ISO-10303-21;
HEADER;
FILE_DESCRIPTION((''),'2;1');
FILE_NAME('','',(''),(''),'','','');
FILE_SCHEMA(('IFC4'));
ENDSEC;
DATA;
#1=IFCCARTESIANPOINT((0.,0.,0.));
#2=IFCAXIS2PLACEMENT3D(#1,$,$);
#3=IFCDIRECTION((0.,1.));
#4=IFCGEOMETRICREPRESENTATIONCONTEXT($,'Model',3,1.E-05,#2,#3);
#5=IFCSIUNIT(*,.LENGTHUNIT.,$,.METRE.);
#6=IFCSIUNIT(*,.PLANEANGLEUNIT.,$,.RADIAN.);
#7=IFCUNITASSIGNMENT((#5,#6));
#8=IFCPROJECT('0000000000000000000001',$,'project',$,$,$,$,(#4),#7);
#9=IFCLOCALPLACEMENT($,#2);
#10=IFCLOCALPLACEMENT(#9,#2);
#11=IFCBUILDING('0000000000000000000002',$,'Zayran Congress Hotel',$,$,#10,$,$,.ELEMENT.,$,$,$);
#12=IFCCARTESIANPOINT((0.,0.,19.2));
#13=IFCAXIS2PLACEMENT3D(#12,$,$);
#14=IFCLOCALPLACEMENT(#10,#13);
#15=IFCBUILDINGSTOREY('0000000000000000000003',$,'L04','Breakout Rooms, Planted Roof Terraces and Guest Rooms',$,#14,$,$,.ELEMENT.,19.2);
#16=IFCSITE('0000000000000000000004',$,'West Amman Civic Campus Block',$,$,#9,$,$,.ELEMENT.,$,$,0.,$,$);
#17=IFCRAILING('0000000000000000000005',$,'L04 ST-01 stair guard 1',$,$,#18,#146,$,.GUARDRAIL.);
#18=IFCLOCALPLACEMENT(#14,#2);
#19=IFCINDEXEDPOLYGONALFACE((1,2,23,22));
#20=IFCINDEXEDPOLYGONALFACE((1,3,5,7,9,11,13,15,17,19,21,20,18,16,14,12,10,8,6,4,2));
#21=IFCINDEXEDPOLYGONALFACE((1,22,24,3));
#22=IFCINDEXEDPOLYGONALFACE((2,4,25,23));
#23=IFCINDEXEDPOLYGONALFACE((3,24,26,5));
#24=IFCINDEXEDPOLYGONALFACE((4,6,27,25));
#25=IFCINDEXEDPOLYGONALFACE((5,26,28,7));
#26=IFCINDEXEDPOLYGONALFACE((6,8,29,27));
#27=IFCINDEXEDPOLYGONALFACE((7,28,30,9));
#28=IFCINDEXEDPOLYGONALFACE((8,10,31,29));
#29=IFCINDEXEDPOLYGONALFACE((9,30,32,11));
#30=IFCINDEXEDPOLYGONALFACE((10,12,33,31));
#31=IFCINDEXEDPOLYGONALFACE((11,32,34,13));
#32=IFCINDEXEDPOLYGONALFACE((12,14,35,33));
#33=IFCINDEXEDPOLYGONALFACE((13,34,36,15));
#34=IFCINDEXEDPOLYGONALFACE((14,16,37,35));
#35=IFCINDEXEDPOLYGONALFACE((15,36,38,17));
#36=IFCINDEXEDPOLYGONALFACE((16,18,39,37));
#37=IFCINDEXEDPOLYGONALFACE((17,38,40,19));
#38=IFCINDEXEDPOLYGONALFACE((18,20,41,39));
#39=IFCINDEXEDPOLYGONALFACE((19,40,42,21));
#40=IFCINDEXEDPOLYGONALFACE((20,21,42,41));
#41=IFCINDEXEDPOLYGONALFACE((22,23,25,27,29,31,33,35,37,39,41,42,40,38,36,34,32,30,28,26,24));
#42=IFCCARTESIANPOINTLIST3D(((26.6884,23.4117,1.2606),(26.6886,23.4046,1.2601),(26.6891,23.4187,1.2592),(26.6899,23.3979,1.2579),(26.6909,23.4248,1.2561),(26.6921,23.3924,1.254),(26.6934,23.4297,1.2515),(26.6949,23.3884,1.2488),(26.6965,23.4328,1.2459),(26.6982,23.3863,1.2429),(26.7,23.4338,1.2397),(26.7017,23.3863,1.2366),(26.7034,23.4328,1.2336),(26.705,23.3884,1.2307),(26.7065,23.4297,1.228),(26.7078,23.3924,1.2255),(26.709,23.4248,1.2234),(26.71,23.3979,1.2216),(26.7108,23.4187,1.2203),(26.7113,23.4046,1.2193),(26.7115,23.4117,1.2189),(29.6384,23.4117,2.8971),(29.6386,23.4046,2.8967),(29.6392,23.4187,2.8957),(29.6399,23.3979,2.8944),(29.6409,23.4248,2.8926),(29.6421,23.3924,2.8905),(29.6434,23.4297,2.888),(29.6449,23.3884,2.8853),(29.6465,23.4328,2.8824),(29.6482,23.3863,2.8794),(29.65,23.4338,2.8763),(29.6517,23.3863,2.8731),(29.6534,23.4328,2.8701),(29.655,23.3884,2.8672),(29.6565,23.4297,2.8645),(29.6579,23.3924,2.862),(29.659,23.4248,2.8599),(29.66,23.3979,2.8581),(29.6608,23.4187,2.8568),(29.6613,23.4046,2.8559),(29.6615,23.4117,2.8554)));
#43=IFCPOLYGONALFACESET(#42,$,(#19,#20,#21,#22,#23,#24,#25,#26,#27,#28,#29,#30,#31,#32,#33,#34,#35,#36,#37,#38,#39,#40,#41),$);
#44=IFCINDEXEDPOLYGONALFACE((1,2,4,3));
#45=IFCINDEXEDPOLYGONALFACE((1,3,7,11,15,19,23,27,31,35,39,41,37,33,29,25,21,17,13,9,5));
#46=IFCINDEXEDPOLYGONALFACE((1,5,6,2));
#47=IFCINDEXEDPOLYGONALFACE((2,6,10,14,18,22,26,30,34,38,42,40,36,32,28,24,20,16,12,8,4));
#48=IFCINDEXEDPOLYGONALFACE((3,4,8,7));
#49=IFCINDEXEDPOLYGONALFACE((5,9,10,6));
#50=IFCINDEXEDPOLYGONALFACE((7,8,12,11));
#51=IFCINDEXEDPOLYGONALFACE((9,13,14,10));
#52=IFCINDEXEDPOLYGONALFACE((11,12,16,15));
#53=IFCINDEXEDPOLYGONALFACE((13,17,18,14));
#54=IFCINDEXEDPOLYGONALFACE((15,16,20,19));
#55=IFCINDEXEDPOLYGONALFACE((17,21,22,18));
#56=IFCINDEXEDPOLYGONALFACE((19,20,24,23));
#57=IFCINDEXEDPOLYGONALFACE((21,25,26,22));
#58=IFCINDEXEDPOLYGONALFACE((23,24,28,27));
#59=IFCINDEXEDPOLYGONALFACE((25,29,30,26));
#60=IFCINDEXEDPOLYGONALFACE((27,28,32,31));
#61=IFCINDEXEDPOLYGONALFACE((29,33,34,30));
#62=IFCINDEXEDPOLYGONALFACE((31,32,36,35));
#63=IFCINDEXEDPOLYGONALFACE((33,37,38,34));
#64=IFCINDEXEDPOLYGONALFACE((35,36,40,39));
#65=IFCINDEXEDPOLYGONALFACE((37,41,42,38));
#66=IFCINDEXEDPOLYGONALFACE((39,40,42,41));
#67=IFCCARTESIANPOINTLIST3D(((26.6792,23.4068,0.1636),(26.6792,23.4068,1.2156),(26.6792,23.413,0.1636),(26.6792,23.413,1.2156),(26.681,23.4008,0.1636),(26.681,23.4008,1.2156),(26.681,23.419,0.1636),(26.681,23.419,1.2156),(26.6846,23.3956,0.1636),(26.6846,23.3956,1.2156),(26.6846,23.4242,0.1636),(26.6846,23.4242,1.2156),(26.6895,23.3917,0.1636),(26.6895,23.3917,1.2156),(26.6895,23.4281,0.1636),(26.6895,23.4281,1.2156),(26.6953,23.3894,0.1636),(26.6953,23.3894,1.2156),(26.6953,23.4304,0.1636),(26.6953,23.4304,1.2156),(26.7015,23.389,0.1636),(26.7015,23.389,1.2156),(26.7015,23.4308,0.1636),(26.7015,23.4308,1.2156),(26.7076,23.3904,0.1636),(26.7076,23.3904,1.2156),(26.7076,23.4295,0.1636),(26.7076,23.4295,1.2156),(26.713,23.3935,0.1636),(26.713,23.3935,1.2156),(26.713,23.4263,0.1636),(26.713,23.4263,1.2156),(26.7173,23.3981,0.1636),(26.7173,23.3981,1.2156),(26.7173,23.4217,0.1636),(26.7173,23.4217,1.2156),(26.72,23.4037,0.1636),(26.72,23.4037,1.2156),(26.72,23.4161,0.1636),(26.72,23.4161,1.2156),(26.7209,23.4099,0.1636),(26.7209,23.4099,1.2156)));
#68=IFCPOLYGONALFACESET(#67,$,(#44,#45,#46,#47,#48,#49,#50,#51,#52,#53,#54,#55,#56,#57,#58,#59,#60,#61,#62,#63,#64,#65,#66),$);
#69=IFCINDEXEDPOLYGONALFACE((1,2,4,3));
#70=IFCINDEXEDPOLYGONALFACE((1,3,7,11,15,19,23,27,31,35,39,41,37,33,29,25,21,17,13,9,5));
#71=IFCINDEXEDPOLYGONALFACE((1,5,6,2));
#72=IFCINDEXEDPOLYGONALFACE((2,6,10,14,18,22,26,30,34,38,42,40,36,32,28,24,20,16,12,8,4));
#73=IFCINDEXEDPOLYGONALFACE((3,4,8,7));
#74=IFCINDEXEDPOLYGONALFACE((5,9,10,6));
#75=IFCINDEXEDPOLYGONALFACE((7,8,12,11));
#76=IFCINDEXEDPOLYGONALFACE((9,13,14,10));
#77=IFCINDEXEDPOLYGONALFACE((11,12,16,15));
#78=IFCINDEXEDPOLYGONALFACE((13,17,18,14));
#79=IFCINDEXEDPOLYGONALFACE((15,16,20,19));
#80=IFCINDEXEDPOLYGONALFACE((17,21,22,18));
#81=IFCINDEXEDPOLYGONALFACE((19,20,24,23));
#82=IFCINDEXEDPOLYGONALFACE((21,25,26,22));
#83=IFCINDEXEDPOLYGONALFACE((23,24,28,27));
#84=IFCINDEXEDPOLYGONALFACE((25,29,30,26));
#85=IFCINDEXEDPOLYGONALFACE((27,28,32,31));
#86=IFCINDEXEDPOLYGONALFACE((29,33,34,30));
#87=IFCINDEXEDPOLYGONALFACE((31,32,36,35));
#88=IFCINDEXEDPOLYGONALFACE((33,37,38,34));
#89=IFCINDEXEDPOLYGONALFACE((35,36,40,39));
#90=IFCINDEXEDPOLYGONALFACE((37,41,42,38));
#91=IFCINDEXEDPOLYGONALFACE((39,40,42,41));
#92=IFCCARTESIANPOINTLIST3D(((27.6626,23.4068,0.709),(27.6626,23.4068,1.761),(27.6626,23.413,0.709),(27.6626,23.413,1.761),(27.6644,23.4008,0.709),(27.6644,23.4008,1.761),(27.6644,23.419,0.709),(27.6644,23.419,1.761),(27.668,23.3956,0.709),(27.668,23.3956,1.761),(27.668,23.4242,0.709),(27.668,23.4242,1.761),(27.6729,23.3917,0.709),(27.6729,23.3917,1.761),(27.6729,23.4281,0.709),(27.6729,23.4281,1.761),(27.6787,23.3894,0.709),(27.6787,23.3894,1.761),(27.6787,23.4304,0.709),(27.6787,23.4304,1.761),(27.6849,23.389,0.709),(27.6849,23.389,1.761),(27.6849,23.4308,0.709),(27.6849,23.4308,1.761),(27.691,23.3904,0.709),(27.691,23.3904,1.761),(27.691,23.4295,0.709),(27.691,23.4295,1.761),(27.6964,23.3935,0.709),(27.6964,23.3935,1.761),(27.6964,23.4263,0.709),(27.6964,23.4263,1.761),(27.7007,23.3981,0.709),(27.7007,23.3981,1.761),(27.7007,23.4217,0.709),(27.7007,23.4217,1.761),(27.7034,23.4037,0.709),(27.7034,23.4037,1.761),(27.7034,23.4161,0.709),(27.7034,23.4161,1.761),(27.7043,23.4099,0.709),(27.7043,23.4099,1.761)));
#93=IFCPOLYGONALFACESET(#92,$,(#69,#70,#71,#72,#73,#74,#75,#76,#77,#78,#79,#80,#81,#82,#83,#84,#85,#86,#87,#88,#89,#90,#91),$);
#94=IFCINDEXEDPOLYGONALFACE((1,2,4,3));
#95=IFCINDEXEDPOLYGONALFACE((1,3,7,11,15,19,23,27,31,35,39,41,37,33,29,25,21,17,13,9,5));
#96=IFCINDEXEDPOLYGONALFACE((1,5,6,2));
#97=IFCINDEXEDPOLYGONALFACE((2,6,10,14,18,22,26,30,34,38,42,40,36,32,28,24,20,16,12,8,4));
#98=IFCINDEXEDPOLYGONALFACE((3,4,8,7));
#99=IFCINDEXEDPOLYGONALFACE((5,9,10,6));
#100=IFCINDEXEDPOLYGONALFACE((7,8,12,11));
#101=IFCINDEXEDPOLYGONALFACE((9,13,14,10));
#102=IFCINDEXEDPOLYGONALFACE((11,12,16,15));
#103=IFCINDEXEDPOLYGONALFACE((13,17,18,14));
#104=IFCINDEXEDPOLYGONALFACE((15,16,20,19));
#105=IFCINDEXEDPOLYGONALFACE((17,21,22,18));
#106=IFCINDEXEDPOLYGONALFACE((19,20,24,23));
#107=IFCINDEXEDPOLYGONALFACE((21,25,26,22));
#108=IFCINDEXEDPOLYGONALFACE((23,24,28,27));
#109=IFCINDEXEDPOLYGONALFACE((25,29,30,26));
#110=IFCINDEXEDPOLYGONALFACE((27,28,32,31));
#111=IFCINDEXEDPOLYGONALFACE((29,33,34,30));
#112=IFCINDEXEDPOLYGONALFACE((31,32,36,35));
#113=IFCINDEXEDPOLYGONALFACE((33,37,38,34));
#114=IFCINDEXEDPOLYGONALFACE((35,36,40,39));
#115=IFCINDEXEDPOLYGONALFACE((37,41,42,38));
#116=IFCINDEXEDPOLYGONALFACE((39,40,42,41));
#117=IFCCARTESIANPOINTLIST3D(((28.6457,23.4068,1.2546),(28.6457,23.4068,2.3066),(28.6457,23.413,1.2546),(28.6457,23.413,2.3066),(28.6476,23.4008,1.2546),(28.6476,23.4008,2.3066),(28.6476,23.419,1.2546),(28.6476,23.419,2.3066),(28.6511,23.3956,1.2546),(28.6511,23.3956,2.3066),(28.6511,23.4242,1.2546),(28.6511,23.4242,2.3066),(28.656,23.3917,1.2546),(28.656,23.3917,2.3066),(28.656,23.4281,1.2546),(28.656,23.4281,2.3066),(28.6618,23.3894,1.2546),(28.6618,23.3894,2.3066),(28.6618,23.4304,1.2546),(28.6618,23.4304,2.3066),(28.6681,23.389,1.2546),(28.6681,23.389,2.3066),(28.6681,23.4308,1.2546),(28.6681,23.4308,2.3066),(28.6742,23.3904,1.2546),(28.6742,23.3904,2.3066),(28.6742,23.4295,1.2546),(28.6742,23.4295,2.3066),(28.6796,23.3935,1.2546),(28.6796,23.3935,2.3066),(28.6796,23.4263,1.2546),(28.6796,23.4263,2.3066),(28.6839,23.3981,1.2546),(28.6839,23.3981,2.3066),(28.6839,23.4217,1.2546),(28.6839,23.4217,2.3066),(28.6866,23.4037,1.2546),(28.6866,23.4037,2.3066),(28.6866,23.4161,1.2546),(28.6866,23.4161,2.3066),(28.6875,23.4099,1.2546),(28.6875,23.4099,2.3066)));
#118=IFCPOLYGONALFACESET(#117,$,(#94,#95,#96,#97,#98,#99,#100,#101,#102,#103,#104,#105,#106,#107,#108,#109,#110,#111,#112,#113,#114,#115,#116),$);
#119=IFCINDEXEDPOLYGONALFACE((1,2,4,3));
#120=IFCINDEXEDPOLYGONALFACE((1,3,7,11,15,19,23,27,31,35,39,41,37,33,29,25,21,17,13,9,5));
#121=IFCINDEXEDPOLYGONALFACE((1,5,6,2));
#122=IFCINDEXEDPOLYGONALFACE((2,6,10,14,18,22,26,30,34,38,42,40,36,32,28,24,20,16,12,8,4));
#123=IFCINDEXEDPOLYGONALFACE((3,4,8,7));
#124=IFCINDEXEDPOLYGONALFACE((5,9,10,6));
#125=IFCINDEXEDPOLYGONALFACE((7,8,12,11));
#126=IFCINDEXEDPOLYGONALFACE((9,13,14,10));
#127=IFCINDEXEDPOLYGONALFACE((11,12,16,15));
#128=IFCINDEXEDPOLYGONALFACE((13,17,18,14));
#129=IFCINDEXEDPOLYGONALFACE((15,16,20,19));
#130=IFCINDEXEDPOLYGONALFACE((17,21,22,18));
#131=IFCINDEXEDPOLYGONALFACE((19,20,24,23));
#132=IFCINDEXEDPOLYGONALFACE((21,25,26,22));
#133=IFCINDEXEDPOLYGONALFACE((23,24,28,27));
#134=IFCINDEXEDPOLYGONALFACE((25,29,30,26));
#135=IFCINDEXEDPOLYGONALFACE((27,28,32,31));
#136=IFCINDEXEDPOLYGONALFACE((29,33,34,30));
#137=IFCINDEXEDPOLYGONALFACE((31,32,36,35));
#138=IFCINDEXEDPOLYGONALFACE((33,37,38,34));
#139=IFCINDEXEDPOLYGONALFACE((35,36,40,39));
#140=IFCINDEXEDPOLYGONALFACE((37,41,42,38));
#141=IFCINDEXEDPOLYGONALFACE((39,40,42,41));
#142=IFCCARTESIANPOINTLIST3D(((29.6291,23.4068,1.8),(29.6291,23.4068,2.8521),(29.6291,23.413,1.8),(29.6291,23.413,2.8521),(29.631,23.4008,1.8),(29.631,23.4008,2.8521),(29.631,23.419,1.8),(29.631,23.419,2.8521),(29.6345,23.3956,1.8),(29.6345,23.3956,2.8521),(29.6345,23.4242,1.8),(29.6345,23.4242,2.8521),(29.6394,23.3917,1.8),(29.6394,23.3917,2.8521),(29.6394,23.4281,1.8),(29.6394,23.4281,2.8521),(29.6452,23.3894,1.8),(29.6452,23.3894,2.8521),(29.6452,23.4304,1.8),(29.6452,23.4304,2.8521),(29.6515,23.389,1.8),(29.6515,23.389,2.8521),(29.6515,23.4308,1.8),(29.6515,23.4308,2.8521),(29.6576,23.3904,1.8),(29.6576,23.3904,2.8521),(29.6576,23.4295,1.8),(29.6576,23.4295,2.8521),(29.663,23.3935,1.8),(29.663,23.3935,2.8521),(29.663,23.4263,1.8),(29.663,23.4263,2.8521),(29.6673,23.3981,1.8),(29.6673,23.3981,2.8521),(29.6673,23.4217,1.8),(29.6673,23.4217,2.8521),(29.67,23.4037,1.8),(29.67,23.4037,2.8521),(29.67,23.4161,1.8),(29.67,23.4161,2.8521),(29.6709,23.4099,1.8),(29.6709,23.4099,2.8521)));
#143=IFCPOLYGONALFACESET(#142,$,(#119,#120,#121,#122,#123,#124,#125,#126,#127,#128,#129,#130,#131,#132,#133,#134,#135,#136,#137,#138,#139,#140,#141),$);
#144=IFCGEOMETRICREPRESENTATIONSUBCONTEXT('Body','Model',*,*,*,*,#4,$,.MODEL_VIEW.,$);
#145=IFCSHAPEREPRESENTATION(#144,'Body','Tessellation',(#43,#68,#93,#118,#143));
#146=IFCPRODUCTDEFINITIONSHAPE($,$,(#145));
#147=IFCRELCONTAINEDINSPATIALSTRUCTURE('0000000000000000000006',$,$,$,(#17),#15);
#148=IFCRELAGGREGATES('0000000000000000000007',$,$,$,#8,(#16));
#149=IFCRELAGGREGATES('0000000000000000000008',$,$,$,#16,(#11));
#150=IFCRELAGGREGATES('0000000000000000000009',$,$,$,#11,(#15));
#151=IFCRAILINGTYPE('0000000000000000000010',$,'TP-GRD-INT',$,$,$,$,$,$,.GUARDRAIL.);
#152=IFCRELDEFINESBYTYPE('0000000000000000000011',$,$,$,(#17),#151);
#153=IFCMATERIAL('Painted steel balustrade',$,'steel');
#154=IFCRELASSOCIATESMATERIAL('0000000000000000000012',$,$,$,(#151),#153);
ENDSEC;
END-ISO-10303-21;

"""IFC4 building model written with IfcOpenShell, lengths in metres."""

from ifc_helpers import new_model, si_unit, direction, frame, origin, origin_2d, place, context, subcontext, project, spatial, circle, extrude, material, type_object, element, save


model = new_model("IFC4")

# Units and contexts
model_context = context("Model", 3, precision=1e-05, world=origin(), true_north=direction((0.0, 1.0)))
body_context = subcontext(model_context, "Body", "Model", "MODEL_VIEW")
ifc_project = project(units=[si_unit("LENGTHUNIT", "METRE"), si_unit("PLANEANGLEUNIT", "RADIAN")], contexts=[model_context])

# Site, building, storey
site_placement = place(None, origin())
site = spatial("IfcSite", under=ifc_project, at=site_placement, Name="West Amman Civic Campus Block", CompositionType="ELEMENT", RefElevation=0.0)
building_placement = place(site_placement, origin())
building = spatial("IfcBuilding", under=site, at=building_placement, Name="Zayran Congress Hotel", CompositionType="ELEMENT")
storey_placement = place(building_placement, frame((0.0, 0.0, 19.2)))
storey = spatial("IfcBuildingStorey", under=building, at=storey_placement, Name="L04", Description="Breakout Rooms, Planted Roof Terraces and Guest Rooms", CompositionType="ELEMENT", Elevation=19.2)

# Railing
ifc_material_1 = material(Name="Painted steel balustrade", Category="steel")
railing_type_1 = type_object("IfcRailingType", Name="TP-GRD-INT", PredefinedType="GUARDRAIL", material=ifc_material_1)
railing_1_placement = place(storey_placement, frame((26.7, 23.4099, 0.1636)))
element("IfcRailing", 1, at=railing_1_placement, inside=storey, type_object=railing_type_1, Name="L04 ST-01 stair guard 1", PredefinedType="GUARDRAIL", context=body_context, shape_type="SweptSolid", body=[
    extrude(circle(Radius=0.0239, at=origin_2d()), frame((0.0, 0.0, 1.0762), z_axis=(0.874458, 0.0, 0.485102), x_axis=(0.0, 1.0, 0.0)), (0.0, 0.0, 1.0), 3.3735),
    extrude(circle(Radius=0.021, at=origin_2d()), origin(), (0.0, 0.0, 1.0), 1.052),
    extrude(circle(Radius=0.021, at=origin_2d()), frame((0.9834, 0.0, 0.5454)), (0.0, 0.0, 1.0), 1.052),
    extrude(circle(Radius=0.021, at=origin_2d()), frame((1.9666, 0.0, 1.0911)), (0.0, 0.0, 1.0), 1.052),
    extrude(circle(Radius=0.021, at=origin_2d()), frame((2.95, 0.0, 1.6365)), (0.0, 0.0, 1.0), 1.052),
])

save(model, "model.ifc")
